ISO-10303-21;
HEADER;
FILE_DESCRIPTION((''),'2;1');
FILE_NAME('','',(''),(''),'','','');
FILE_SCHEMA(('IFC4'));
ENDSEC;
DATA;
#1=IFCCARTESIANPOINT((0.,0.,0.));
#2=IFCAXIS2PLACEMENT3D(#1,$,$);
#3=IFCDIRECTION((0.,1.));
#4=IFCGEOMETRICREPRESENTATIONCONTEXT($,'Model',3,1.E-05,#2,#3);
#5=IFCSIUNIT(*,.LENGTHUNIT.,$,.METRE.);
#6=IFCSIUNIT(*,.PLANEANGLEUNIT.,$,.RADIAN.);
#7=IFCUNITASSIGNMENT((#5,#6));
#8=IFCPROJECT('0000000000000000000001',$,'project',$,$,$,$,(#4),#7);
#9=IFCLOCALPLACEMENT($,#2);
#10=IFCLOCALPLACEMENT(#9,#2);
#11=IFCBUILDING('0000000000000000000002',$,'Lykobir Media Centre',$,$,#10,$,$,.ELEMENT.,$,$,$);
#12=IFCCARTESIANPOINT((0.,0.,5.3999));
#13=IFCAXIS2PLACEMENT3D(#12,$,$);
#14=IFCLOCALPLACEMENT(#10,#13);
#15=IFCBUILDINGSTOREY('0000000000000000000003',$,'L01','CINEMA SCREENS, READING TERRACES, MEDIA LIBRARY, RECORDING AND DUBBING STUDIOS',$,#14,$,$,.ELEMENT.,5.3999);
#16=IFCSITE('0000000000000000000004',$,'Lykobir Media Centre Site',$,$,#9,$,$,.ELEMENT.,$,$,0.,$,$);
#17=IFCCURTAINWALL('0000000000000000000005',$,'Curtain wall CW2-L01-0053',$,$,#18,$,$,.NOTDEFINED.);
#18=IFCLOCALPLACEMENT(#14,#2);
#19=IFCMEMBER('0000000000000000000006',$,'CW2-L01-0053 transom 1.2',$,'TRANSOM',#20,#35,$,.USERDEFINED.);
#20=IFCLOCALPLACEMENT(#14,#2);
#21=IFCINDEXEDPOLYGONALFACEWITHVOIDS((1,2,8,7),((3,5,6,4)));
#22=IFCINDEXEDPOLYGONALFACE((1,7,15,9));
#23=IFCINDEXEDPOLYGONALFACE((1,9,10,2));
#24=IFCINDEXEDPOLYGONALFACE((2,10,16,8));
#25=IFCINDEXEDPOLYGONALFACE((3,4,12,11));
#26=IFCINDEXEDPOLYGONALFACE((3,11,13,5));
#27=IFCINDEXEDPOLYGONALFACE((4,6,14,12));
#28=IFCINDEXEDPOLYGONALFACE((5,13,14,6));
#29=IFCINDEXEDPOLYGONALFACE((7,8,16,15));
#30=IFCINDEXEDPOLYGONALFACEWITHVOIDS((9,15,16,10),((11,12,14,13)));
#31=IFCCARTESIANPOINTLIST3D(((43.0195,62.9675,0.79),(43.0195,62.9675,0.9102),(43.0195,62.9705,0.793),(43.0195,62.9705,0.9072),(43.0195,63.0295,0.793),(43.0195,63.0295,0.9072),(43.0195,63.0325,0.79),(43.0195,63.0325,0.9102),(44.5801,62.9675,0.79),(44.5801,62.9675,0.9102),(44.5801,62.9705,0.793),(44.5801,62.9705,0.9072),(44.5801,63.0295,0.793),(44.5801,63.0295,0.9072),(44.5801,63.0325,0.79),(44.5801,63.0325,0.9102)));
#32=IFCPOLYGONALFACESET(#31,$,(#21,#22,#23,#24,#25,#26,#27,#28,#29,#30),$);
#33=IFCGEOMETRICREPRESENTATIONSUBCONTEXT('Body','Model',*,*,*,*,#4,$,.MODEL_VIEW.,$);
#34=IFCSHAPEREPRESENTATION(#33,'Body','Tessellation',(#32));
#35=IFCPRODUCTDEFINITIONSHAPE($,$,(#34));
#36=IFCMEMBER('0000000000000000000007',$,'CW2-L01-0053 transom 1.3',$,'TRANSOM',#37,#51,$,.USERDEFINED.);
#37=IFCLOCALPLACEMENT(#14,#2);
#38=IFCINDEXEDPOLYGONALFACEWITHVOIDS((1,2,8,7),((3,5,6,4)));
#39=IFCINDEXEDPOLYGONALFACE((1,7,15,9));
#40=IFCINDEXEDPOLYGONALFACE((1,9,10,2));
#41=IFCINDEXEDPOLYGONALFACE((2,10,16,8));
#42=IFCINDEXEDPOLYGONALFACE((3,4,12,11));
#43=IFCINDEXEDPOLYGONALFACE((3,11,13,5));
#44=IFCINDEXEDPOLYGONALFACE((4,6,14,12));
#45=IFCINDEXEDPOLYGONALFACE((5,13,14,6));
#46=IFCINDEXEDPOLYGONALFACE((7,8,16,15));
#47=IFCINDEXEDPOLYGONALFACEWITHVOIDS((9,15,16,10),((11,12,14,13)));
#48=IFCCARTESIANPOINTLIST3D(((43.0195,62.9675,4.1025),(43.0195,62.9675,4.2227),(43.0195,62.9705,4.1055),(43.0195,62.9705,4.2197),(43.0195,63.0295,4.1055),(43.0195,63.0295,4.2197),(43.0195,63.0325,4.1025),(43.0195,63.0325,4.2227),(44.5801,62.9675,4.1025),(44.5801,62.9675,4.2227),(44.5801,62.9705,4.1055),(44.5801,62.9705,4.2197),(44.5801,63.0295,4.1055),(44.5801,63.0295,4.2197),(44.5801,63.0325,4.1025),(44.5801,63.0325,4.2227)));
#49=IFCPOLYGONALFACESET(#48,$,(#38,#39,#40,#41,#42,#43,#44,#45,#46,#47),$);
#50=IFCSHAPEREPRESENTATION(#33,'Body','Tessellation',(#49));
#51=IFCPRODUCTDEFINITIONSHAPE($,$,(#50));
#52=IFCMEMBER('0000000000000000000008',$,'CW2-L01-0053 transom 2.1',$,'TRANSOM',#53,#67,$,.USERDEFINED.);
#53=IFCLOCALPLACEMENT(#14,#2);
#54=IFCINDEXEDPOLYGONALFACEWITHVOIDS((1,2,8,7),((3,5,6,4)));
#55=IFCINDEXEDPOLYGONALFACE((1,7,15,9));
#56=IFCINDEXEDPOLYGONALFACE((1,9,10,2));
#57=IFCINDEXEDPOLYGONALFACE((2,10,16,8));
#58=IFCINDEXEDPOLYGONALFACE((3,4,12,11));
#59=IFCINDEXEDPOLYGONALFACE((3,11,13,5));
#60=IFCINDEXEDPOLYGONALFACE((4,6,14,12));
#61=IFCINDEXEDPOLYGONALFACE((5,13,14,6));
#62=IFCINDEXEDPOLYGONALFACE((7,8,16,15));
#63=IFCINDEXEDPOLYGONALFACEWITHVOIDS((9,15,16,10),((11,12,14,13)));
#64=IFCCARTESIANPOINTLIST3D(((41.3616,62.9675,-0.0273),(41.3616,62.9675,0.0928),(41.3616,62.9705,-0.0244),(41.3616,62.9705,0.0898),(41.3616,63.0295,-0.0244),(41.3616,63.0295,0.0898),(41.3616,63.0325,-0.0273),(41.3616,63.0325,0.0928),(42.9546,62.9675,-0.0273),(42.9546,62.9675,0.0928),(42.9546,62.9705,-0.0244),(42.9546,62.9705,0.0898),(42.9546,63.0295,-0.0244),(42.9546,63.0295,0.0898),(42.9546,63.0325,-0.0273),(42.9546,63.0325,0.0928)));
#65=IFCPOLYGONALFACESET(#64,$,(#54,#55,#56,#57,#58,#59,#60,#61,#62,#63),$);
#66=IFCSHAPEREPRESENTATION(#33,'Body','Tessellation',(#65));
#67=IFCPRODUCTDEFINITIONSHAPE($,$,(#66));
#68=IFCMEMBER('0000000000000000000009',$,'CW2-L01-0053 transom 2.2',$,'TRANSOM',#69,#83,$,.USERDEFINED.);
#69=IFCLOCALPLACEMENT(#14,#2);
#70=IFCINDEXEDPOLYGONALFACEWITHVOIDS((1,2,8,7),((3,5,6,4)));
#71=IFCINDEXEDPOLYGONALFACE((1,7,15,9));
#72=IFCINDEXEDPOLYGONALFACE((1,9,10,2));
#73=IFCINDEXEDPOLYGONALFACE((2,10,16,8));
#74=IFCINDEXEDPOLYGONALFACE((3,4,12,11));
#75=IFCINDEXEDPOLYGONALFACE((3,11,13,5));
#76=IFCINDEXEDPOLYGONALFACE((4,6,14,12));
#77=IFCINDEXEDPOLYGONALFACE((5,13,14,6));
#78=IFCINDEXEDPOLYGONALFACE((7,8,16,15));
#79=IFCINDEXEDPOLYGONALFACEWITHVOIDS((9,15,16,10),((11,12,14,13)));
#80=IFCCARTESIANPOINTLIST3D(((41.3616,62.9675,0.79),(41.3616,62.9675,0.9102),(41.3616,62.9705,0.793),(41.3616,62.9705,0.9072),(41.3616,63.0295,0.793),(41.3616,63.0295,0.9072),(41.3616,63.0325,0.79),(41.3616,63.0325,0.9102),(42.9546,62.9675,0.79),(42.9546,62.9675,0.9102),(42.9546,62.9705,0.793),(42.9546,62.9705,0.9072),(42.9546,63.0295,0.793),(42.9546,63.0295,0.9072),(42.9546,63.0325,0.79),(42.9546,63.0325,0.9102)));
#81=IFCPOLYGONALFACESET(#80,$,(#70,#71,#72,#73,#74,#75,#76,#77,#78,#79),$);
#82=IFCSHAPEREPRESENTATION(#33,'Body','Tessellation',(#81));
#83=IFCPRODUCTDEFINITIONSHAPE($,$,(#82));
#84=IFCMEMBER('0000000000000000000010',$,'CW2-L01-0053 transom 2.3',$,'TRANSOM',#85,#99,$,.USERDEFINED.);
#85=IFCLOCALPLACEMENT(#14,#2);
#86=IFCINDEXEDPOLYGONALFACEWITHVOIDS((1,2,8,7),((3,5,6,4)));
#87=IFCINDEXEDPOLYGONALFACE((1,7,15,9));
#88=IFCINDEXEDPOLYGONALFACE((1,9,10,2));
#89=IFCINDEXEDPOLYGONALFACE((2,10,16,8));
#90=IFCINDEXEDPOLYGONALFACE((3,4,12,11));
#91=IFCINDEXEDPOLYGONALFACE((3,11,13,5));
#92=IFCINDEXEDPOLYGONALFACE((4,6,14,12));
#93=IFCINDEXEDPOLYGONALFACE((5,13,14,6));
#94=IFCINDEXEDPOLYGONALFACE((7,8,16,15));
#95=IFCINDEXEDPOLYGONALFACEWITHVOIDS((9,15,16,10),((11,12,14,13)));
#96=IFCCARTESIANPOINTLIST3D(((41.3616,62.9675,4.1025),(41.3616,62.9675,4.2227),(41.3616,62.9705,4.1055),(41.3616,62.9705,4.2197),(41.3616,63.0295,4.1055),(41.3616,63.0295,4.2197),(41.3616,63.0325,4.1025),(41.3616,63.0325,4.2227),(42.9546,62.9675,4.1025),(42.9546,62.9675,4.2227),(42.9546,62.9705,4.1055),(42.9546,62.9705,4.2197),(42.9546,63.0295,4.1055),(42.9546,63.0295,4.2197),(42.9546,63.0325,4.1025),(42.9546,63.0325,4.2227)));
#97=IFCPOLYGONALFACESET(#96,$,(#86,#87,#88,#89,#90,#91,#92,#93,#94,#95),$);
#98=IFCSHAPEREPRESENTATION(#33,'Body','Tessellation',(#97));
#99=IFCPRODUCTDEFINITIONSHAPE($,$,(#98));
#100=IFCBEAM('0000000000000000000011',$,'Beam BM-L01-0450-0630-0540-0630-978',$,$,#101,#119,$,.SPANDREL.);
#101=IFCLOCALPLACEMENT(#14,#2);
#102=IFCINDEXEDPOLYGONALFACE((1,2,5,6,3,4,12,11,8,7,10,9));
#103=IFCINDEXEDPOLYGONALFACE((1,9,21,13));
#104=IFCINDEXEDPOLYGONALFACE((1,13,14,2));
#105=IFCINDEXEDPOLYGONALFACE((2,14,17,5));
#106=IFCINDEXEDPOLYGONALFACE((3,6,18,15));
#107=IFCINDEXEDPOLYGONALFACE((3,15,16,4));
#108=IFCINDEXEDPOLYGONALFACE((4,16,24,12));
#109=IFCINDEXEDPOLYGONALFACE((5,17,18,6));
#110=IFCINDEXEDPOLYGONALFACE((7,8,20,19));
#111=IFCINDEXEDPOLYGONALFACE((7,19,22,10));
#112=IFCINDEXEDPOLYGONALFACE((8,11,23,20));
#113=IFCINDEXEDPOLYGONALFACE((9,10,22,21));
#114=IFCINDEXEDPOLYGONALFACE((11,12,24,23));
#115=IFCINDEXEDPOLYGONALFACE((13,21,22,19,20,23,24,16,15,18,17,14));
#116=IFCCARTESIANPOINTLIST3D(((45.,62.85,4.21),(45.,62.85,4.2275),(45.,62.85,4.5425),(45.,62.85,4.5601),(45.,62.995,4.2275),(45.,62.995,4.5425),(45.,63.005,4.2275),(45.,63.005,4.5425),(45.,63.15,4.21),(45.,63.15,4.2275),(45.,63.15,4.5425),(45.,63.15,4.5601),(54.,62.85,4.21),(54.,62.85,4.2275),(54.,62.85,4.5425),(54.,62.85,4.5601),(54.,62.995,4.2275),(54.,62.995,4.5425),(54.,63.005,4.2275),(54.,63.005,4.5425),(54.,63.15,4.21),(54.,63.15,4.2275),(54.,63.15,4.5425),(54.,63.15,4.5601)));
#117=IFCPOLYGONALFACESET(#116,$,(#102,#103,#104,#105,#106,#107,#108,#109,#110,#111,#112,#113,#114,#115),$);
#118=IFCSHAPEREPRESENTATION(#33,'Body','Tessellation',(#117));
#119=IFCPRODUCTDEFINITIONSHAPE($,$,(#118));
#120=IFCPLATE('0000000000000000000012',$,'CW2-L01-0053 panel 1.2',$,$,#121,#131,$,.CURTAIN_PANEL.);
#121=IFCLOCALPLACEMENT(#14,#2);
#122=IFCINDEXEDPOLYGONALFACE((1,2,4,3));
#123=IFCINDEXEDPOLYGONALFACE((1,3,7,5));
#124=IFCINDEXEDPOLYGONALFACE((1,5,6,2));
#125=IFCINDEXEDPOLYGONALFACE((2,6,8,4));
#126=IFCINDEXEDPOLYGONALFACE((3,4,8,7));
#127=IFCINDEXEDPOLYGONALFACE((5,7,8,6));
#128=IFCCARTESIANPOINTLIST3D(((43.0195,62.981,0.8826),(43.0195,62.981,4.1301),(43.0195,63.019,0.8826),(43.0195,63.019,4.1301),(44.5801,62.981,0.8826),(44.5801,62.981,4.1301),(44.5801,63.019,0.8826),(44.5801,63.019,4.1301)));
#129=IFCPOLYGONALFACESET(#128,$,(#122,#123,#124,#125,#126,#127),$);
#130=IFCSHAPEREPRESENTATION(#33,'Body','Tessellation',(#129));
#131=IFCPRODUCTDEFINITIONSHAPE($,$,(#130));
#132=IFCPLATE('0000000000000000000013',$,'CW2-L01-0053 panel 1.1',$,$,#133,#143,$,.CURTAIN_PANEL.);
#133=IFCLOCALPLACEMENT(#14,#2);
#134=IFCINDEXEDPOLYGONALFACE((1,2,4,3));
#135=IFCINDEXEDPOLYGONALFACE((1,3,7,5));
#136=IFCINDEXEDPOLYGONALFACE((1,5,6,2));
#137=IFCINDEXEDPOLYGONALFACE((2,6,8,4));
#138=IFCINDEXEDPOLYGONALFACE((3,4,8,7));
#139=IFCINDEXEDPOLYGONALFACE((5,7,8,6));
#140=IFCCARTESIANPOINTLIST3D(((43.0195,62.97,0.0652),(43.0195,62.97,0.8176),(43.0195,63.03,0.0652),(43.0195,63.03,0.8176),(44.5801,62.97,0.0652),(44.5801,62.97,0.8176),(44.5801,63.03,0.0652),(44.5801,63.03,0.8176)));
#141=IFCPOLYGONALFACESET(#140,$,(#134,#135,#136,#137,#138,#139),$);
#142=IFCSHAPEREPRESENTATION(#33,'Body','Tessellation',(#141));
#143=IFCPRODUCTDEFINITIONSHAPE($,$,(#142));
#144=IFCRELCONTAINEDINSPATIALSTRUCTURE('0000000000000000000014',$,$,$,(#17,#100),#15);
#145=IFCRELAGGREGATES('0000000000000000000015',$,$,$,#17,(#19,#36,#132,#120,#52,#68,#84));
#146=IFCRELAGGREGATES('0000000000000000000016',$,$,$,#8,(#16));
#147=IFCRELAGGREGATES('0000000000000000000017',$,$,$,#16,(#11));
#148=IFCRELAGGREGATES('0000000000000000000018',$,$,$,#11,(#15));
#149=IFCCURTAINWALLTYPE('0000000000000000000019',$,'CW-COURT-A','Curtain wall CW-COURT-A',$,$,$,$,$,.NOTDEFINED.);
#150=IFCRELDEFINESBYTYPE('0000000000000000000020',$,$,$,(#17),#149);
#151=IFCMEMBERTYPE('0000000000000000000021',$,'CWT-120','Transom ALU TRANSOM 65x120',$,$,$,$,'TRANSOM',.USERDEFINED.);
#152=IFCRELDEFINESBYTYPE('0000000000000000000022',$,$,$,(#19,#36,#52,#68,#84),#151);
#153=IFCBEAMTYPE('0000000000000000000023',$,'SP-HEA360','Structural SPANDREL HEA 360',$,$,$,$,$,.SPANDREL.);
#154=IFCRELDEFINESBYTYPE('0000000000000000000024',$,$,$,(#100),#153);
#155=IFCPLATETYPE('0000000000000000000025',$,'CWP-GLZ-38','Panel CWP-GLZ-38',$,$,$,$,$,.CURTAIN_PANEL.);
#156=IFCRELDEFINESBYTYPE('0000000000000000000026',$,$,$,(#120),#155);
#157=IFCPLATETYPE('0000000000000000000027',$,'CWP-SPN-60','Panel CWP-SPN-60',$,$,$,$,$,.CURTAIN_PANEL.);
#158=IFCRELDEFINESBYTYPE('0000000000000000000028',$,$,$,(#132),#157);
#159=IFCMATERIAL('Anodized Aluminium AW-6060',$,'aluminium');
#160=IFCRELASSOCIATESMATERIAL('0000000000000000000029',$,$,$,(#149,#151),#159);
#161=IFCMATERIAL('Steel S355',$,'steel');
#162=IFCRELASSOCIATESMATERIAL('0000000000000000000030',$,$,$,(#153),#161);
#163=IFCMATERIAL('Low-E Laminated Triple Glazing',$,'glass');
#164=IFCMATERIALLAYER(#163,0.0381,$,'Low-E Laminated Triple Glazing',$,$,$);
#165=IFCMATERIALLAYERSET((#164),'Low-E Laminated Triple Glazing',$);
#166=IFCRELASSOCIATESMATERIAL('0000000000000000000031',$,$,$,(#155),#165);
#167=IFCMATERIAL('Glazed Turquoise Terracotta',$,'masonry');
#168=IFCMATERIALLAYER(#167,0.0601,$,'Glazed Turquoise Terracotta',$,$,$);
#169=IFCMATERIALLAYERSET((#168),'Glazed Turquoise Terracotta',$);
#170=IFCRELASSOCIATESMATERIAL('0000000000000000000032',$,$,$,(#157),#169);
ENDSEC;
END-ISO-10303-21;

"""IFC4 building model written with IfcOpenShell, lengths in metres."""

from ifc_helpers import new_model, si_unit, direction, frame, origin, origin_2d, place, context, subcontext, project, spatial, rectangle, hollow_rectangle, i_section, extrude, material, layer, layer_set, material_profile, profile_set, type_object, element, aggregate, save


model = new_model("IFC4")

# Units and contexts
model_context = context("Model", 3, precision=1e-05, world=origin(), true_north=direction((0.0, 1.0)))
body_context = subcontext(model_context, "Body", "Model", "MODEL_VIEW")
ifc_project = project(units=[si_unit("LENGTHUNIT", "METRE"), si_unit("PLANEANGLEUNIT", "RADIAN")], contexts=[model_context])

# Site, building, storey
site_placement = place(None, origin())
site = spatial("IfcSite", under=ifc_project, at=site_placement, Name="Lykobir Media Centre Site", CompositionType="ELEMENT", RefElevation=0.0)
building_placement = place(site_placement, origin())
building = spatial("IfcBuilding", under=site, at=building_placement, Name="Lykobir Media Centre", CompositionType="ELEMENT")
storey_placement = place(building_placement, frame((0.0, 0.0, 5.3999)))
storey = spatial("IfcBuildingStorey", under=building, at=storey_placement, Name="L01", Description="CINEMA SCREENS, READING TERRACES, MEDIA LIBRARY, RECORDING AND DUBBING STUDIOS", CompositionType="ELEMENT", Elevation=5.3999)

# Shared definitions
ifc_material_1 = material(Name="Steel S355", Category="steel")

# Curtain wall
ifc_material_2 = material(Name="Anodized Aluminium AW-6060", Category="aluminium")
curtain_wall_type_1 = type_object("IfcCurtainWallType", Name="CW-COURT-A", Description="Curtain wall CW-COURT-A", PredefinedType="NOTDEFINED", material=ifc_material_2)
curtain_wall_1_placement = place(storey_placement, origin())
curtain_wall_1 = element("IfcCurtainWall", 1, at=curtain_wall_1_placement, inside=storey, type_object=curtain_wall_type_1, Name="Curtain wall CW2-L01-0053", PredefinedType="NOTDEFINED")

# Members
ifc_material_profile_1 = material_profile(ifc_material_2, hollow_rectangle(XDim=0.0649, YDim=0.1201, WallThickness=0.0029, at=origin_2d()), Name="ALU TRANSOM 65x120")
ifc_profile_set_1 = profile_set([ifc_material_profile_1], Name="Anodized Aluminium AW-6060")
member_type_1 = type_object("IfcMemberType", Name="CWT-120", Description="Transom ALU TRANSOM 65x120", ElementType="TRANSOM", PredefinedType="USERDEFINED", material=ifc_profile_set_1)
member_1_placement = place(storey_placement, frame((44.5801, 63.0, 0.8501), z_axis=(-1.0, 0.0, 0.0), x_axis=(0.0, -1.0, 0.0)))
member_1 = element("IfcMember", 2, at=member_1_placement, type_object=member_type_1, Name="CW2-L01-0053 transom 1.2", ObjectType="TRANSOM", PredefinedType="USERDEFINED", context=body_context, shape_type="SweptSolid", body=[
    extrude(hollow_rectangle(XDim=0.0649, YDim=0.1201, WallThickness=0.0029, at=origin_2d()), origin(), (0.0, 0.0, 1.0), 1.5605),
])
member_2_placement = place(storey_placement, frame((44.5801, 63.0, 4.1626), z_axis=(-1.0, 0.0, 0.0), x_axis=(0.0, -1.0, 0.0)))
member_2 = element("IfcMember", 3, at=member_2_placement, type_object=member_type_1, Name="CW2-L01-0053 transom 1.3", ObjectType="TRANSOM", PredefinedType="USERDEFINED", context=body_context, shape_type="SweptSolid", body=[
    extrude(hollow_rectangle(XDim=0.0649, YDim=0.1201, WallThickness=0.0029, at=origin_2d()), origin(), (0.0, 0.0, 1.0), 1.5605),
])
member_3_placement = place(storey_placement, frame((42.9546, 63.0, 0.0327), z_axis=(-1.0, 0.0, 0.0), x_axis=(0.0, -1.0, 0.0)))
member_3 = element("IfcMember", 4, at=member_3_placement, type_object=member_type_1, Name="CW2-L01-0053 transom 2.1", ObjectType="TRANSOM", PredefinedType="USERDEFINED", context=body_context, shape_type="SweptSolid", body=[
    extrude(hollow_rectangle(XDim=0.0649, YDim=0.1201, WallThickness=0.0029, at=origin_2d()), origin(), (0.0, 0.0, 1.0), 1.593),
])
member_4_placement = place(storey_placement, frame((42.9546, 63.0, 0.8501), z_axis=(-1.0, 0.0, 0.0), x_axis=(0.0, -1.0, 0.0)))
member_4 = element("IfcMember", 5, at=member_4_placement, type_object=member_type_1, Name="CW2-L01-0053 transom 2.2", ObjectType="TRANSOM", PredefinedType="USERDEFINED", context=body_context, shape_type="SweptSolid", body=[
    extrude(hollow_rectangle(XDim=0.0649, YDim=0.1201, WallThickness=0.0029, at=origin_2d()), origin(), (0.0, 0.0, 1.0), 1.593),
])
member_5_placement = place(storey_placement, frame((42.9546, 63.0, 4.1626), z_axis=(-1.0, 0.0, 0.0), x_axis=(0.0, -1.0, 0.0)))
member_5 = element("IfcMember", 6, at=member_5_placement, type_object=member_type_1, Name="CW2-L01-0053 transom 2.3", ObjectType="TRANSOM", PredefinedType="USERDEFINED", context=body_context, shape_type="SweptSolid", body=[
    extrude(hollow_rectangle(XDim=0.0649, YDim=0.1201, WallThickness=0.0029, at=origin_2d()), origin(), (0.0, 0.0, 1.0), 1.593),
])

# Beam
ifc_material_profile_2 = material_profile(ifc_material_1, i_section(OverallWidth=0.3, OverallDepth=0.3501, WebThickness=0.01, FlangeThickness=0.0176, at=origin_2d()), Name="HEA 360")
ifc_profile_set_2 = profile_set([ifc_material_profile_2], Name="Steel S355")
beam_type_1 = type_object("IfcBeamType", Name="SP-HEA360", Description="Structural SPANDREL HEA 360", PredefinedType="SPANDREL", material=ifc_profile_set_2)
beam_1_placement = place(storey_placement, frame((45.0, 63.0, 4.385), z_axis=(1.0, 0.0, 0.0), x_axis=(0.0, 1.0, 0.0)))
element("IfcBeam", 7, at=beam_1_placement, inside=storey, type_object=beam_type_1, Name="Beam BM-L01-0450-0630-0540-0630-978", PredefinedType="SPANDREL", context=body_context, shape_type="SweptSolid", body=[
    extrude(i_section(OverallWidth=0.3, OverallDepth=0.3501, WebThickness=0.01, FlangeThickness=0.0176, at=origin_2d()), origin(), (0.0, 0.0, 1.0), 9.0),
])

# Plates
ifc_material_3 = material(Name="Low-E Laminated Triple Glazing", Category="glass")
ifc_layer_1 = layer(ifc_material_3, 0.0381, Name="Low-E Laminated Triple Glazing")
ifc_layer_set_1 = layer_set([ifc_layer_1], Name="Low-E Laminated Triple Glazing")
plate_type_1 = type_object("IfcPlateType", Name="CWP-GLZ-38", Description="Panel CWP-GLZ-38", PredefinedType="CURTAIN_PANEL", material=ifc_layer_set_1)
plate_1_placement = place(storey_placement, frame((43.7998, 63.0, 0.8826), z_axis=(0.0, 0.0, 1.0), x_axis=(-1.0, 0.0, 0.0)))
plate_1 = element("IfcPlate", 8, at=plate_1_placement, type_object=plate_type_1, Name="CW2-L01-0053 panel 1.2", PredefinedType="CURTAIN_PANEL", context=body_context, shape_type="SweptSolid", body=[
    extrude(rectangle(XDim=1.5605, YDim=0.0381, at=origin_2d()), origin(), (0.0, 0.0, 1.0), 3.2476),
])
ifc_material_4 = material(Name="Glazed Turquoise Terracotta", Category="masonry")
ifc_layer_2 = layer(ifc_material_4, 0.0601, Name="Glazed Turquoise Terracotta")
ifc_layer_set_2 = layer_set([ifc_layer_2], Name="Glazed Turquoise Terracotta")
plate_type_2 = type_object("IfcPlateType", Name="CWP-SPN-60", Description="Panel CWP-SPN-60", PredefinedType="CURTAIN_PANEL", material=ifc_layer_set_2)
plate_2_placement = place(storey_placement, frame((43.7998, 63.0, 0.0652), z_axis=(0.0, 0.0, 1.0), x_axis=(-1.0, 0.0, 0.0)))
plate_2 = element("IfcPlate", 9, at=plate_2_placement, type_object=plate_type_2, Name="CW2-L01-0053 panel 1.1", PredefinedType="CURTAIN_PANEL", context=body_context, shape_type="SweptSolid", body=[
    extrude(rectangle(XDim=1.5605, YDim=0.0601, at=origin_2d()), origin(), (0.0, 0.0, 1.0), 0.7524),
])
aggregate(curtain_wall_1, [member_1, member_2, plate_2, plate_1, member_3, member_4, member_5])

save(model, "model.ifc")
